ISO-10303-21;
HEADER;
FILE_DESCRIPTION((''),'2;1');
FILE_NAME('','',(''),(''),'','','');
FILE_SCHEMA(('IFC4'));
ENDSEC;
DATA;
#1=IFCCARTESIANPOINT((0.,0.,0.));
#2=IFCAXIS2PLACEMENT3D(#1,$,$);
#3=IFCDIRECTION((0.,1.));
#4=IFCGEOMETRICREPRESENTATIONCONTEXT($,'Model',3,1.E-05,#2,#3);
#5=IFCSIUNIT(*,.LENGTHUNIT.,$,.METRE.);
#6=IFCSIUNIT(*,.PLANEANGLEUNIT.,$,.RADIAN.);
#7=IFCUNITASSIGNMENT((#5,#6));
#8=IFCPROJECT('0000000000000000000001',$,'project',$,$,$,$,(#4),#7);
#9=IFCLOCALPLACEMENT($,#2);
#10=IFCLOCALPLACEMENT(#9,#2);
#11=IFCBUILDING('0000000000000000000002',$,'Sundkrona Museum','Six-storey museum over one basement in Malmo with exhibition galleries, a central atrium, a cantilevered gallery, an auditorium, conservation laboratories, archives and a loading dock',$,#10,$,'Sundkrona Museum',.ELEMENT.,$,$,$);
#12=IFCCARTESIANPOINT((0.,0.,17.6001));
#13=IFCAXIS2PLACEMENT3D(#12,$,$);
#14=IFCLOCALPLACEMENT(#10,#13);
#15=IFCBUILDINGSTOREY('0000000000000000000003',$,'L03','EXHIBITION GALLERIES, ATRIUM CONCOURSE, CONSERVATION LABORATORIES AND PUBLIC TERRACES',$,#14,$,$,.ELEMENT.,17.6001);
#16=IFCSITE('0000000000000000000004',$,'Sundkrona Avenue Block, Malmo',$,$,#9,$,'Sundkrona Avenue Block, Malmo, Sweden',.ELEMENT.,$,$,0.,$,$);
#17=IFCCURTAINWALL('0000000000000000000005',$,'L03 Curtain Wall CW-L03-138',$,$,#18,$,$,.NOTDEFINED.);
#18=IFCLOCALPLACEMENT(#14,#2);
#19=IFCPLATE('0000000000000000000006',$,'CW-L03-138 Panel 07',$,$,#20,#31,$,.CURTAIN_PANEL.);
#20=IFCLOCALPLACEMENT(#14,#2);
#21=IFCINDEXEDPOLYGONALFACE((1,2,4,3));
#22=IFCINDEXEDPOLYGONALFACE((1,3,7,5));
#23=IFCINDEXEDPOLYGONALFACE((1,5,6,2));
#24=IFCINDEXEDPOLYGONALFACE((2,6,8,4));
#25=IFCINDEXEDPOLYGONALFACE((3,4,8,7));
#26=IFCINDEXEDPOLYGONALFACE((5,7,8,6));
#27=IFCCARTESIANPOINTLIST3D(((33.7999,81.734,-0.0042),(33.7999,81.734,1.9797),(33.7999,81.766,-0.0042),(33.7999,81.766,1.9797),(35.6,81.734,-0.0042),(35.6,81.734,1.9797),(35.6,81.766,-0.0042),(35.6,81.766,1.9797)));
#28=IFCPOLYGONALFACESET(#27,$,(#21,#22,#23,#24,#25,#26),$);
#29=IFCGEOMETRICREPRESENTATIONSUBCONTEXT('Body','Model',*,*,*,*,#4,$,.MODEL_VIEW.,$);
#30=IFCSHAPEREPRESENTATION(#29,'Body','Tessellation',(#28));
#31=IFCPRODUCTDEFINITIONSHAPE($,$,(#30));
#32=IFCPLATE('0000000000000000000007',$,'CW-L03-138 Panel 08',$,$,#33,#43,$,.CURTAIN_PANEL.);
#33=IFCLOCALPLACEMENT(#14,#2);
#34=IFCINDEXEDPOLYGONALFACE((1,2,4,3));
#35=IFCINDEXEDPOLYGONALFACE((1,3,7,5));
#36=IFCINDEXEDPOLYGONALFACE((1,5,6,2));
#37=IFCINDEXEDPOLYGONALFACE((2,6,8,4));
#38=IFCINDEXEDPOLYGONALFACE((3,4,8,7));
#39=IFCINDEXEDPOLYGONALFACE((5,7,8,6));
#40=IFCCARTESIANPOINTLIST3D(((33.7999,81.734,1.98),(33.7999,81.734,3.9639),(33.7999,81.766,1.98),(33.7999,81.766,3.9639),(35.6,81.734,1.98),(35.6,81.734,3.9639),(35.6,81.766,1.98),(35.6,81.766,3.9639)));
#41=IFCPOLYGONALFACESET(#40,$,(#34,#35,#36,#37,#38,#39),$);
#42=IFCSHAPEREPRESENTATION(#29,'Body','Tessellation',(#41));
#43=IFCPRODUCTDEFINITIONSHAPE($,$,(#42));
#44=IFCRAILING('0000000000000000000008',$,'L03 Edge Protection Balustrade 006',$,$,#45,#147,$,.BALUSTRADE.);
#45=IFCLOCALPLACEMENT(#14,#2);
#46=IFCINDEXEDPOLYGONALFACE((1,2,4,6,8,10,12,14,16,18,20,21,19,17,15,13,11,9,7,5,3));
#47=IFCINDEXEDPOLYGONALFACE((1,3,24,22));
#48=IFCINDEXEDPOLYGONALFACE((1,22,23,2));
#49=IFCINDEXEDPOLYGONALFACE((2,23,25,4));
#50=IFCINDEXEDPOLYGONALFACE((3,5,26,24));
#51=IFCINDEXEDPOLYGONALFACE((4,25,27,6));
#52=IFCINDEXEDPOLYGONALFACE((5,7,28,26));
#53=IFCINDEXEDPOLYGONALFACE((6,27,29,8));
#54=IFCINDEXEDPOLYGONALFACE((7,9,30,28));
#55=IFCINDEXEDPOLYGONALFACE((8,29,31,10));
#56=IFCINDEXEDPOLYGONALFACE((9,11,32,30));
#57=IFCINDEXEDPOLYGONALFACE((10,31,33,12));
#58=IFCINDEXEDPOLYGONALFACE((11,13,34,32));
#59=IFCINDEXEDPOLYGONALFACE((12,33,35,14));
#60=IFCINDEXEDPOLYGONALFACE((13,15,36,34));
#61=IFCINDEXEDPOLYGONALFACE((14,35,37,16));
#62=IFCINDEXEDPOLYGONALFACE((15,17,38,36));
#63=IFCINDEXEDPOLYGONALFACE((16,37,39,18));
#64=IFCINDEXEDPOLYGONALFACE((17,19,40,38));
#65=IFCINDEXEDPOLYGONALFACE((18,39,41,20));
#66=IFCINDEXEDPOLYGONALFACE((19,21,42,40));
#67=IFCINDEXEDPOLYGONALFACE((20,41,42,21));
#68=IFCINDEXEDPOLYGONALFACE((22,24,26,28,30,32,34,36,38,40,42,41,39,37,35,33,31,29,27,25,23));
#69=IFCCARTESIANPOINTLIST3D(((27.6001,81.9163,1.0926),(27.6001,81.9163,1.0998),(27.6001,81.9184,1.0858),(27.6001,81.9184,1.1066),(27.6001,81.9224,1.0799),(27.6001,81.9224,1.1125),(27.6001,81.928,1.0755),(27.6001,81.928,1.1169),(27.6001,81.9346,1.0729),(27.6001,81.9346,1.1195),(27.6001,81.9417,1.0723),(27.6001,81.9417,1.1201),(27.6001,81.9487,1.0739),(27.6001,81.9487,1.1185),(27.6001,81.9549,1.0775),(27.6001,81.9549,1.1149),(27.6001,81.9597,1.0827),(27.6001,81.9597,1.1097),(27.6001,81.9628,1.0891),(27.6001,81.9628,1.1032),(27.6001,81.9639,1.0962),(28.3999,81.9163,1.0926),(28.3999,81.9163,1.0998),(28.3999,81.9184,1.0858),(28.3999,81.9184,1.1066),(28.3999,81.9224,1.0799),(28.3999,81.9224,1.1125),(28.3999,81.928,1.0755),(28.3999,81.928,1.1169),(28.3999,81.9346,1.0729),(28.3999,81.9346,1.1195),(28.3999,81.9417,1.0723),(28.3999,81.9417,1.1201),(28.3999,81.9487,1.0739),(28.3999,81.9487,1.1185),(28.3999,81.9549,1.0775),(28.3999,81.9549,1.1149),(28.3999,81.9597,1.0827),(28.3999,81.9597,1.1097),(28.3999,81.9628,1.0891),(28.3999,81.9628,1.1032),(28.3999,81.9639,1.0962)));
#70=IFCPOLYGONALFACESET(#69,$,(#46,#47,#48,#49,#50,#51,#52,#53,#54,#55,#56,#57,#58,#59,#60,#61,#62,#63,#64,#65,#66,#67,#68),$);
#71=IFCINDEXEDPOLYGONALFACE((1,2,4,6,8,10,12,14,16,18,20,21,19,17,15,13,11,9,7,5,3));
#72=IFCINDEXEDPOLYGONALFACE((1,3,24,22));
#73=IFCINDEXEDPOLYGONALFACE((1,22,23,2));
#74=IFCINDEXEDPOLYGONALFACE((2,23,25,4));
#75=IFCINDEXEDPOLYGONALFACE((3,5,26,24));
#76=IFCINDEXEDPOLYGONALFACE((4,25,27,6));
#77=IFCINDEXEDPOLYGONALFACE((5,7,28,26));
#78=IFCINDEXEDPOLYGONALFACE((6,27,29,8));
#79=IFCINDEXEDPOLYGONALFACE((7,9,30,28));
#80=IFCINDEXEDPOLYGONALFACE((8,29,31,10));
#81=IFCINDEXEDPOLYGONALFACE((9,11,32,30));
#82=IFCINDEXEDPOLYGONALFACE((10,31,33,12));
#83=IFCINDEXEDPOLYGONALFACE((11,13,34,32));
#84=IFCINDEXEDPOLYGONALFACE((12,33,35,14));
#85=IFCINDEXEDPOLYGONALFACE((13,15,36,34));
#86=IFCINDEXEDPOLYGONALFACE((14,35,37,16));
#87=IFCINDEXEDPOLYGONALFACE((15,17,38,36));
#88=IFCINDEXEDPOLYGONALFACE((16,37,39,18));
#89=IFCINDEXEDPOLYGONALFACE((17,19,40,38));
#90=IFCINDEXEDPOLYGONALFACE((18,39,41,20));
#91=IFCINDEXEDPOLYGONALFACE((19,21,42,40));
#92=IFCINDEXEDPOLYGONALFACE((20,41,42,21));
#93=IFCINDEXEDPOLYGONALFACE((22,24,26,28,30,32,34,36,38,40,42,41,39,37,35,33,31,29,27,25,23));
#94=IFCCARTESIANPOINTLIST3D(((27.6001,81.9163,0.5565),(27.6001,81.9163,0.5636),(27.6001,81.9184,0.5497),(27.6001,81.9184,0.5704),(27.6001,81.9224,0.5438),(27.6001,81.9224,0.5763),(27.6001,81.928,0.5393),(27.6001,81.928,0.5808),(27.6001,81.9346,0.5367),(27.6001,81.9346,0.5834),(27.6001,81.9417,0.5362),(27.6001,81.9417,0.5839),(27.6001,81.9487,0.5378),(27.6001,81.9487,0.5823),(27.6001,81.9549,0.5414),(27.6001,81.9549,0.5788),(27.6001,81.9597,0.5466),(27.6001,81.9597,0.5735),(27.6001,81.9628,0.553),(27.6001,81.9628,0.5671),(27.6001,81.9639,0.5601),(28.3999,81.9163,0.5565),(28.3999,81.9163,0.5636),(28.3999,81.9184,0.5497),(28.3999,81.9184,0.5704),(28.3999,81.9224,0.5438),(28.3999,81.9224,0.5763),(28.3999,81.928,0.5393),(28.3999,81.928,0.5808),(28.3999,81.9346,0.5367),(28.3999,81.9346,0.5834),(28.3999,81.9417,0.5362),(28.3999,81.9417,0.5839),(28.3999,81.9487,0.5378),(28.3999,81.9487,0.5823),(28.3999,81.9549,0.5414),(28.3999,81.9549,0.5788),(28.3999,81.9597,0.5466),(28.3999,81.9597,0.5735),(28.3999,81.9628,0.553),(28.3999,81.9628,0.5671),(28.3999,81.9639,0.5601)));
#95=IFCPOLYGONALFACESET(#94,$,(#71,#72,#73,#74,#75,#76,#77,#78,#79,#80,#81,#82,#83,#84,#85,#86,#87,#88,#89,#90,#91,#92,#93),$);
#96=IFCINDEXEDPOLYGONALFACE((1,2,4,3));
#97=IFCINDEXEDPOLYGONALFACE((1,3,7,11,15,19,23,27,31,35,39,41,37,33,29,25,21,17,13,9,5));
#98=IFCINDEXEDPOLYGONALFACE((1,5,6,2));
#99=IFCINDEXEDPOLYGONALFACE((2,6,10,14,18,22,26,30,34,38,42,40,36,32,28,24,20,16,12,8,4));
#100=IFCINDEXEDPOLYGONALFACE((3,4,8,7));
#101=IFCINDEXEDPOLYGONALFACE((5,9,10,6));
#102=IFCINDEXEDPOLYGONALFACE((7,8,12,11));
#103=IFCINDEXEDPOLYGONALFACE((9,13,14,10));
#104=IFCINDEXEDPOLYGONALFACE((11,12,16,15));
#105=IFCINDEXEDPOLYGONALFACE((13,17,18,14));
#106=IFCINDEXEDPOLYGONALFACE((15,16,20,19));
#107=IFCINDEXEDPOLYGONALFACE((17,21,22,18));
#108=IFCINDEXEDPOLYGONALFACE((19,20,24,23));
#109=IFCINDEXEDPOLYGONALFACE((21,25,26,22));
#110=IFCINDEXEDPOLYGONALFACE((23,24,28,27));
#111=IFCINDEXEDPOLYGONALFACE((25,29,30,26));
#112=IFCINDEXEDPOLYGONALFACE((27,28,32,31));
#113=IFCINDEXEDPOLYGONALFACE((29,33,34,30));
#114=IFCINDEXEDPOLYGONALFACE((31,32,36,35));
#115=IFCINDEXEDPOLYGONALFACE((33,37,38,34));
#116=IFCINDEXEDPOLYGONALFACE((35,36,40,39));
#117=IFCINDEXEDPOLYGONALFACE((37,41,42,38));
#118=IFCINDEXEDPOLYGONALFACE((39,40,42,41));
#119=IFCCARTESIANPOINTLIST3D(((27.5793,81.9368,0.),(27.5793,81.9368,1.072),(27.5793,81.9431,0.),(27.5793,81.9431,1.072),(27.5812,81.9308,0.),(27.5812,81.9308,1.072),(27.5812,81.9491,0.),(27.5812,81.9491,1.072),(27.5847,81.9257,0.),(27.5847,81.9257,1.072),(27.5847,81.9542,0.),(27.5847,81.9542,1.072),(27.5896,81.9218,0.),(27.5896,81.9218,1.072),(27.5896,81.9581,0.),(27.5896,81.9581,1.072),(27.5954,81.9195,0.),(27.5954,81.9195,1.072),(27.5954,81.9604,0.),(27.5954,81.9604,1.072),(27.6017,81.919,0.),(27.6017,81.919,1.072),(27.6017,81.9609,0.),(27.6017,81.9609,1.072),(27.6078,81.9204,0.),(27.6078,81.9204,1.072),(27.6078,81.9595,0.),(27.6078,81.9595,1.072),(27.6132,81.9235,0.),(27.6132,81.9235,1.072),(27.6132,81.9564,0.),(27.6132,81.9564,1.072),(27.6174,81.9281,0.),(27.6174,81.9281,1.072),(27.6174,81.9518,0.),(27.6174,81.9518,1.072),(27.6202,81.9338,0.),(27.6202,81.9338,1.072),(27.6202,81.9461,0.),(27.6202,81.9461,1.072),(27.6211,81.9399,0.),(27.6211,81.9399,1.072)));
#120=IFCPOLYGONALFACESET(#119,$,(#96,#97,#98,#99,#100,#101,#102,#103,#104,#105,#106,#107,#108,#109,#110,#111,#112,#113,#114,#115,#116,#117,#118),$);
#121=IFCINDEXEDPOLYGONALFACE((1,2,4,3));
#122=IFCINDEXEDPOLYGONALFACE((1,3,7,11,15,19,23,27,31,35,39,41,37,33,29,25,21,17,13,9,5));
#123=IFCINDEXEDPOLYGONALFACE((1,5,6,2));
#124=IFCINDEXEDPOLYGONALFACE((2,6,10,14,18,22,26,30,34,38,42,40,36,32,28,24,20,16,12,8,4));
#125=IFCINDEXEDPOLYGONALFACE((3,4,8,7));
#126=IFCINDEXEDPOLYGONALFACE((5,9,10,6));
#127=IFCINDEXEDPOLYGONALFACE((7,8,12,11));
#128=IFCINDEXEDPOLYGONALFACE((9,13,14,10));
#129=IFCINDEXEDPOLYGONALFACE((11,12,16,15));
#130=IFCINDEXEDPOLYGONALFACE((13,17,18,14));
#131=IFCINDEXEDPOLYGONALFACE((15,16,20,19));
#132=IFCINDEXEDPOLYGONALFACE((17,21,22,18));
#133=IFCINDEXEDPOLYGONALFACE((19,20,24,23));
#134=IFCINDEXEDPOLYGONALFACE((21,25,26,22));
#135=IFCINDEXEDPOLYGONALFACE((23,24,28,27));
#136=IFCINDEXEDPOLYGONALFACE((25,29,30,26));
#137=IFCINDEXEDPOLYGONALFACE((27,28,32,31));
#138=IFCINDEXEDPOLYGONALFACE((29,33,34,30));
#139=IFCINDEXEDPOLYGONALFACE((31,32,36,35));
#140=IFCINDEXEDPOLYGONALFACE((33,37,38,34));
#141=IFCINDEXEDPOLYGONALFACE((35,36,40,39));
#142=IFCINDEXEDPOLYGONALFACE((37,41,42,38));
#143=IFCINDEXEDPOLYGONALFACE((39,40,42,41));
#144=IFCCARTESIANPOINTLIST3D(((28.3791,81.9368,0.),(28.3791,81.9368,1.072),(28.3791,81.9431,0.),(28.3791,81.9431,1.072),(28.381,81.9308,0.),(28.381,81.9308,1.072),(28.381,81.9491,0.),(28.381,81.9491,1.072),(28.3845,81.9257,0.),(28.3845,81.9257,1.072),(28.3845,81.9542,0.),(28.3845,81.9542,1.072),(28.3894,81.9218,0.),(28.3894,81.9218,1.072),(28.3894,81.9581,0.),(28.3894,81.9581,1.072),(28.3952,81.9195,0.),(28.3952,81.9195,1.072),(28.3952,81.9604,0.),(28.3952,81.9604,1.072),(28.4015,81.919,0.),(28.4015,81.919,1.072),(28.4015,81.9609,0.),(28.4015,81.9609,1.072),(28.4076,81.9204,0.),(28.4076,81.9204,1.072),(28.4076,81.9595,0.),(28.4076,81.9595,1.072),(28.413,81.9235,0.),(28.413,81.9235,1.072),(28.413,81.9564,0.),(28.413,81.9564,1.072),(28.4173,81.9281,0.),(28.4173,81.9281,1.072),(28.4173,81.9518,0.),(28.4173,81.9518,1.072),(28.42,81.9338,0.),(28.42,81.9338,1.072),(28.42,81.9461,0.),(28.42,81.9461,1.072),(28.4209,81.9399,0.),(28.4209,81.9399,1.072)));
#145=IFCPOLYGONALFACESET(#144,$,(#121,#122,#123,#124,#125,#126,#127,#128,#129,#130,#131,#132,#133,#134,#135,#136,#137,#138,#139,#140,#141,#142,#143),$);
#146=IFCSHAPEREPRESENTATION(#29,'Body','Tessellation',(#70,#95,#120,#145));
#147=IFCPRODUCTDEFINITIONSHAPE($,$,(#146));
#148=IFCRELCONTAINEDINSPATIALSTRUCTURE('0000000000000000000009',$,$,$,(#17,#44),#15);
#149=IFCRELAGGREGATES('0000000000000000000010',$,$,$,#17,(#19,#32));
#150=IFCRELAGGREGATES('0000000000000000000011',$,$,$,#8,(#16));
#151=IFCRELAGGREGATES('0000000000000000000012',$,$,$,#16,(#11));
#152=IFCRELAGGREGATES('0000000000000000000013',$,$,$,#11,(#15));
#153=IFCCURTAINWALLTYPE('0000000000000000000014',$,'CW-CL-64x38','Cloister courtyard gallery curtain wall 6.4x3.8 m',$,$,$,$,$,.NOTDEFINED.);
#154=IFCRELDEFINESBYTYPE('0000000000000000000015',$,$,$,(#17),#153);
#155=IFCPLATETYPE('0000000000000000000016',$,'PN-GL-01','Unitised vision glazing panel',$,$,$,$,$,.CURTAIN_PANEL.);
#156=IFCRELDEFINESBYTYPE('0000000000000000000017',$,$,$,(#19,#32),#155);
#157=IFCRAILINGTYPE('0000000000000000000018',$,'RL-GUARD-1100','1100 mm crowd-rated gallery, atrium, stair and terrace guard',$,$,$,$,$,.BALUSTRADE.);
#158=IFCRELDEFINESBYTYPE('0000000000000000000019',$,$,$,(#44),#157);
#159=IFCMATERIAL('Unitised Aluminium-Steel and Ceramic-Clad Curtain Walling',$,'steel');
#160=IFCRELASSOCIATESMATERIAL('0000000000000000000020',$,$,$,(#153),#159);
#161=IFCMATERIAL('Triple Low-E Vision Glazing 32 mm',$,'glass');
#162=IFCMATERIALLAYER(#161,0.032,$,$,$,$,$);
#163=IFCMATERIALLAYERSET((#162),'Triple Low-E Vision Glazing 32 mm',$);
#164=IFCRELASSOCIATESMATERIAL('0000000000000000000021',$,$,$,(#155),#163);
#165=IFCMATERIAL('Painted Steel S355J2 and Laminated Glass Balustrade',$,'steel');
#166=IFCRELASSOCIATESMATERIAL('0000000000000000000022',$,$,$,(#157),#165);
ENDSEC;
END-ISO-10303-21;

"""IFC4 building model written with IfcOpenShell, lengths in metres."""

from ifc_helpers import new_model, si_unit, direction, frame, origin, origin_2d, place, context, subcontext, project, spatial, rectangle, circle, extrude, material, layer, layer_set, type_object, element, aggregate, save


model = new_model("IFC4")

# Units and contexts
model_context = context("Model", 3, precision=1e-05, world=origin(), true_north=direction((0.0, 1.0)))
body_context = subcontext(model_context, "Body", "Model", "MODEL_VIEW")
ifc_project = project(units=[si_unit("LENGTHUNIT", "METRE"), si_unit("PLANEANGLEUNIT", "RADIAN")], contexts=[model_context])

# Site, building, storey
site_placement = place(None, origin())
site = spatial("IfcSite", under=ifc_project, at=site_placement, Name="Sundkrona Avenue Block, Malmo", LongName="Sundkrona Avenue Block, Malmo, Sweden", CompositionType="ELEMENT", RefElevation=0.0)
building_placement = place(site_placement, origin())
building = spatial("IfcBuilding", under=site, at=building_placement, Name="Sundkrona Museum", Description="Six-storey museum over one basement in Malmo with exhibition galleries, a central atrium, a cantilevered gallery, an auditorium, conservation laboratories, archives and a loading dock", LongName="Sundkrona Museum", CompositionType="ELEMENT")
storey_placement = place(building_placement, frame((0.0, 0.0, 17.6001)))
storey = spatial("IfcBuildingStorey", under=building, at=storey_placement, Name="L03", Description="EXHIBITION GALLERIES, ATRIUM CONCOURSE, CONSERVATION LABORATORIES AND PUBLIC TERRACES", CompositionType="ELEMENT", Elevation=17.6001)

# Shared definitions
ifc_material_1 = material(Name="Unitised Aluminium-Steel and Ceramic-Clad Curtain Walling", Category="steel")
curtain_wall_type = type_object("IfcCurtainWallType", Name="CW-CL-64x38", Description="Cloister courtyard gallery curtain wall 6.4x3.8 m", PredefinedType="NOTDEFINED", material=ifc_material_1)

# Curtain wall
curtain_wall_1_placement = place(storey_placement, origin())
curtain_wall_1 = element("IfcCurtainWall", 1, at=curtain_wall_1_placement, inside=storey, type_object=curtain_wall_type, Name="L03 Curtain Wall CW-L03-138", PredefinedType="NOTDEFINED")

# Plates
ifc_material_2 = material(Name="Triple Low-E Vision Glazing 32 mm", Category="glass")
ifc_layer = layer(ifc_material_2, 0.032)
ifc_layer_set = layer_set([ifc_layer], Name="Triple Low-E Vision Glazing 32 mm")
plate_type = type_object("IfcPlateType", Name="PN-GL-01", Description="Unitised vision glazing panel", PredefinedType="CURTAIN_PANEL", material=ifc_layer_set)
plate_1_placement = place(storey_placement, frame((34.7, 81.75, -0.0042), z_axis=(0.0, 0.0, 1.0), x_axis=(1.0, 0.0, 0.0)))
plate_1 = element("IfcPlate", 2, at=plate_1_placement, type_object=plate_type, Name="CW-L03-138 Panel 07", PredefinedType="CURTAIN_PANEL", context=body_context, shape_type="SweptSolid", body=[
    extrude(rectangle(XDim=1.8, YDim=0.032, at=origin_2d()), origin(), (0.0, 0.0, 1.0), 1.9839),
])
plate_2_placement = place(storey_placement, frame((34.7, 81.75, 1.98), z_axis=(0.0, 0.0, 1.0), x_axis=(1.0, 0.0, 0.0)))
plate_2 = element("IfcPlate", 3, at=plate_2_placement, type_object=plate_type, Name="CW-L03-138 Panel 08", PredefinedType="CURTAIN_PANEL", context=body_context, shape_type="SweptSolid", body=[
    extrude(rectangle(XDim=1.8, YDim=0.032, at=origin_2d()), origin(), (0.0, 0.0, 1.0), 1.9839),
])
aggregate(curtain_wall_1, [plate_1, plate_2])

# Railing
ifc_material_3 = material(Name="Painted Steel S355J2 and Laminated Glass Balustrade", Category="steel")
railing_type = type_object("IfcRailingType", Name="RL-GUARD-1100", Description="1100 mm crowd-rated gallery, atrium, stair and terrace guard", PredefinedType="BALUSTRADE", material=ifc_material_3)
railing_1_placement = place(storey_placement, frame((27.6001, 81.9399, 0.0)))
element("IfcRailing", 4, at=railing_1_placement, inside=storey, type_object=railing_type, Name="L03 Edge Protection Balustrade 006", PredefinedType="BALUSTRADE", context=body_context, shape_type="SweptSolid", body=[
    extrude(circle(Radius=0.0239, at=origin_2d()), frame((0.0, 0.0, 1.0962), z_axis=(1.0, 0.0, 0.0), x_axis=(0.0, 1.0, 0.0)), (0.0, 0.0, 1.0), 0.7998),
    extrude(circle(Radius=0.0239, at=origin_2d()), frame((0.0, 0.0, 0.5601), z_axis=(1.0, 0.0, 0.0), x_axis=(0.0, 1.0, 0.0)), (0.0, 0.0, 1.0), 0.7998),
    extrude(circle(Radius=0.021, at=origin_2d()), origin(), (0.0, 0.0, 1.0), 1.072),
    extrude(circle(Radius=0.021, at=origin_2d()), frame((0.7998, 0.0, 0.0)), (0.0, 0.0, 1.0), 1.072),
])

save(model, "model.ifc")
